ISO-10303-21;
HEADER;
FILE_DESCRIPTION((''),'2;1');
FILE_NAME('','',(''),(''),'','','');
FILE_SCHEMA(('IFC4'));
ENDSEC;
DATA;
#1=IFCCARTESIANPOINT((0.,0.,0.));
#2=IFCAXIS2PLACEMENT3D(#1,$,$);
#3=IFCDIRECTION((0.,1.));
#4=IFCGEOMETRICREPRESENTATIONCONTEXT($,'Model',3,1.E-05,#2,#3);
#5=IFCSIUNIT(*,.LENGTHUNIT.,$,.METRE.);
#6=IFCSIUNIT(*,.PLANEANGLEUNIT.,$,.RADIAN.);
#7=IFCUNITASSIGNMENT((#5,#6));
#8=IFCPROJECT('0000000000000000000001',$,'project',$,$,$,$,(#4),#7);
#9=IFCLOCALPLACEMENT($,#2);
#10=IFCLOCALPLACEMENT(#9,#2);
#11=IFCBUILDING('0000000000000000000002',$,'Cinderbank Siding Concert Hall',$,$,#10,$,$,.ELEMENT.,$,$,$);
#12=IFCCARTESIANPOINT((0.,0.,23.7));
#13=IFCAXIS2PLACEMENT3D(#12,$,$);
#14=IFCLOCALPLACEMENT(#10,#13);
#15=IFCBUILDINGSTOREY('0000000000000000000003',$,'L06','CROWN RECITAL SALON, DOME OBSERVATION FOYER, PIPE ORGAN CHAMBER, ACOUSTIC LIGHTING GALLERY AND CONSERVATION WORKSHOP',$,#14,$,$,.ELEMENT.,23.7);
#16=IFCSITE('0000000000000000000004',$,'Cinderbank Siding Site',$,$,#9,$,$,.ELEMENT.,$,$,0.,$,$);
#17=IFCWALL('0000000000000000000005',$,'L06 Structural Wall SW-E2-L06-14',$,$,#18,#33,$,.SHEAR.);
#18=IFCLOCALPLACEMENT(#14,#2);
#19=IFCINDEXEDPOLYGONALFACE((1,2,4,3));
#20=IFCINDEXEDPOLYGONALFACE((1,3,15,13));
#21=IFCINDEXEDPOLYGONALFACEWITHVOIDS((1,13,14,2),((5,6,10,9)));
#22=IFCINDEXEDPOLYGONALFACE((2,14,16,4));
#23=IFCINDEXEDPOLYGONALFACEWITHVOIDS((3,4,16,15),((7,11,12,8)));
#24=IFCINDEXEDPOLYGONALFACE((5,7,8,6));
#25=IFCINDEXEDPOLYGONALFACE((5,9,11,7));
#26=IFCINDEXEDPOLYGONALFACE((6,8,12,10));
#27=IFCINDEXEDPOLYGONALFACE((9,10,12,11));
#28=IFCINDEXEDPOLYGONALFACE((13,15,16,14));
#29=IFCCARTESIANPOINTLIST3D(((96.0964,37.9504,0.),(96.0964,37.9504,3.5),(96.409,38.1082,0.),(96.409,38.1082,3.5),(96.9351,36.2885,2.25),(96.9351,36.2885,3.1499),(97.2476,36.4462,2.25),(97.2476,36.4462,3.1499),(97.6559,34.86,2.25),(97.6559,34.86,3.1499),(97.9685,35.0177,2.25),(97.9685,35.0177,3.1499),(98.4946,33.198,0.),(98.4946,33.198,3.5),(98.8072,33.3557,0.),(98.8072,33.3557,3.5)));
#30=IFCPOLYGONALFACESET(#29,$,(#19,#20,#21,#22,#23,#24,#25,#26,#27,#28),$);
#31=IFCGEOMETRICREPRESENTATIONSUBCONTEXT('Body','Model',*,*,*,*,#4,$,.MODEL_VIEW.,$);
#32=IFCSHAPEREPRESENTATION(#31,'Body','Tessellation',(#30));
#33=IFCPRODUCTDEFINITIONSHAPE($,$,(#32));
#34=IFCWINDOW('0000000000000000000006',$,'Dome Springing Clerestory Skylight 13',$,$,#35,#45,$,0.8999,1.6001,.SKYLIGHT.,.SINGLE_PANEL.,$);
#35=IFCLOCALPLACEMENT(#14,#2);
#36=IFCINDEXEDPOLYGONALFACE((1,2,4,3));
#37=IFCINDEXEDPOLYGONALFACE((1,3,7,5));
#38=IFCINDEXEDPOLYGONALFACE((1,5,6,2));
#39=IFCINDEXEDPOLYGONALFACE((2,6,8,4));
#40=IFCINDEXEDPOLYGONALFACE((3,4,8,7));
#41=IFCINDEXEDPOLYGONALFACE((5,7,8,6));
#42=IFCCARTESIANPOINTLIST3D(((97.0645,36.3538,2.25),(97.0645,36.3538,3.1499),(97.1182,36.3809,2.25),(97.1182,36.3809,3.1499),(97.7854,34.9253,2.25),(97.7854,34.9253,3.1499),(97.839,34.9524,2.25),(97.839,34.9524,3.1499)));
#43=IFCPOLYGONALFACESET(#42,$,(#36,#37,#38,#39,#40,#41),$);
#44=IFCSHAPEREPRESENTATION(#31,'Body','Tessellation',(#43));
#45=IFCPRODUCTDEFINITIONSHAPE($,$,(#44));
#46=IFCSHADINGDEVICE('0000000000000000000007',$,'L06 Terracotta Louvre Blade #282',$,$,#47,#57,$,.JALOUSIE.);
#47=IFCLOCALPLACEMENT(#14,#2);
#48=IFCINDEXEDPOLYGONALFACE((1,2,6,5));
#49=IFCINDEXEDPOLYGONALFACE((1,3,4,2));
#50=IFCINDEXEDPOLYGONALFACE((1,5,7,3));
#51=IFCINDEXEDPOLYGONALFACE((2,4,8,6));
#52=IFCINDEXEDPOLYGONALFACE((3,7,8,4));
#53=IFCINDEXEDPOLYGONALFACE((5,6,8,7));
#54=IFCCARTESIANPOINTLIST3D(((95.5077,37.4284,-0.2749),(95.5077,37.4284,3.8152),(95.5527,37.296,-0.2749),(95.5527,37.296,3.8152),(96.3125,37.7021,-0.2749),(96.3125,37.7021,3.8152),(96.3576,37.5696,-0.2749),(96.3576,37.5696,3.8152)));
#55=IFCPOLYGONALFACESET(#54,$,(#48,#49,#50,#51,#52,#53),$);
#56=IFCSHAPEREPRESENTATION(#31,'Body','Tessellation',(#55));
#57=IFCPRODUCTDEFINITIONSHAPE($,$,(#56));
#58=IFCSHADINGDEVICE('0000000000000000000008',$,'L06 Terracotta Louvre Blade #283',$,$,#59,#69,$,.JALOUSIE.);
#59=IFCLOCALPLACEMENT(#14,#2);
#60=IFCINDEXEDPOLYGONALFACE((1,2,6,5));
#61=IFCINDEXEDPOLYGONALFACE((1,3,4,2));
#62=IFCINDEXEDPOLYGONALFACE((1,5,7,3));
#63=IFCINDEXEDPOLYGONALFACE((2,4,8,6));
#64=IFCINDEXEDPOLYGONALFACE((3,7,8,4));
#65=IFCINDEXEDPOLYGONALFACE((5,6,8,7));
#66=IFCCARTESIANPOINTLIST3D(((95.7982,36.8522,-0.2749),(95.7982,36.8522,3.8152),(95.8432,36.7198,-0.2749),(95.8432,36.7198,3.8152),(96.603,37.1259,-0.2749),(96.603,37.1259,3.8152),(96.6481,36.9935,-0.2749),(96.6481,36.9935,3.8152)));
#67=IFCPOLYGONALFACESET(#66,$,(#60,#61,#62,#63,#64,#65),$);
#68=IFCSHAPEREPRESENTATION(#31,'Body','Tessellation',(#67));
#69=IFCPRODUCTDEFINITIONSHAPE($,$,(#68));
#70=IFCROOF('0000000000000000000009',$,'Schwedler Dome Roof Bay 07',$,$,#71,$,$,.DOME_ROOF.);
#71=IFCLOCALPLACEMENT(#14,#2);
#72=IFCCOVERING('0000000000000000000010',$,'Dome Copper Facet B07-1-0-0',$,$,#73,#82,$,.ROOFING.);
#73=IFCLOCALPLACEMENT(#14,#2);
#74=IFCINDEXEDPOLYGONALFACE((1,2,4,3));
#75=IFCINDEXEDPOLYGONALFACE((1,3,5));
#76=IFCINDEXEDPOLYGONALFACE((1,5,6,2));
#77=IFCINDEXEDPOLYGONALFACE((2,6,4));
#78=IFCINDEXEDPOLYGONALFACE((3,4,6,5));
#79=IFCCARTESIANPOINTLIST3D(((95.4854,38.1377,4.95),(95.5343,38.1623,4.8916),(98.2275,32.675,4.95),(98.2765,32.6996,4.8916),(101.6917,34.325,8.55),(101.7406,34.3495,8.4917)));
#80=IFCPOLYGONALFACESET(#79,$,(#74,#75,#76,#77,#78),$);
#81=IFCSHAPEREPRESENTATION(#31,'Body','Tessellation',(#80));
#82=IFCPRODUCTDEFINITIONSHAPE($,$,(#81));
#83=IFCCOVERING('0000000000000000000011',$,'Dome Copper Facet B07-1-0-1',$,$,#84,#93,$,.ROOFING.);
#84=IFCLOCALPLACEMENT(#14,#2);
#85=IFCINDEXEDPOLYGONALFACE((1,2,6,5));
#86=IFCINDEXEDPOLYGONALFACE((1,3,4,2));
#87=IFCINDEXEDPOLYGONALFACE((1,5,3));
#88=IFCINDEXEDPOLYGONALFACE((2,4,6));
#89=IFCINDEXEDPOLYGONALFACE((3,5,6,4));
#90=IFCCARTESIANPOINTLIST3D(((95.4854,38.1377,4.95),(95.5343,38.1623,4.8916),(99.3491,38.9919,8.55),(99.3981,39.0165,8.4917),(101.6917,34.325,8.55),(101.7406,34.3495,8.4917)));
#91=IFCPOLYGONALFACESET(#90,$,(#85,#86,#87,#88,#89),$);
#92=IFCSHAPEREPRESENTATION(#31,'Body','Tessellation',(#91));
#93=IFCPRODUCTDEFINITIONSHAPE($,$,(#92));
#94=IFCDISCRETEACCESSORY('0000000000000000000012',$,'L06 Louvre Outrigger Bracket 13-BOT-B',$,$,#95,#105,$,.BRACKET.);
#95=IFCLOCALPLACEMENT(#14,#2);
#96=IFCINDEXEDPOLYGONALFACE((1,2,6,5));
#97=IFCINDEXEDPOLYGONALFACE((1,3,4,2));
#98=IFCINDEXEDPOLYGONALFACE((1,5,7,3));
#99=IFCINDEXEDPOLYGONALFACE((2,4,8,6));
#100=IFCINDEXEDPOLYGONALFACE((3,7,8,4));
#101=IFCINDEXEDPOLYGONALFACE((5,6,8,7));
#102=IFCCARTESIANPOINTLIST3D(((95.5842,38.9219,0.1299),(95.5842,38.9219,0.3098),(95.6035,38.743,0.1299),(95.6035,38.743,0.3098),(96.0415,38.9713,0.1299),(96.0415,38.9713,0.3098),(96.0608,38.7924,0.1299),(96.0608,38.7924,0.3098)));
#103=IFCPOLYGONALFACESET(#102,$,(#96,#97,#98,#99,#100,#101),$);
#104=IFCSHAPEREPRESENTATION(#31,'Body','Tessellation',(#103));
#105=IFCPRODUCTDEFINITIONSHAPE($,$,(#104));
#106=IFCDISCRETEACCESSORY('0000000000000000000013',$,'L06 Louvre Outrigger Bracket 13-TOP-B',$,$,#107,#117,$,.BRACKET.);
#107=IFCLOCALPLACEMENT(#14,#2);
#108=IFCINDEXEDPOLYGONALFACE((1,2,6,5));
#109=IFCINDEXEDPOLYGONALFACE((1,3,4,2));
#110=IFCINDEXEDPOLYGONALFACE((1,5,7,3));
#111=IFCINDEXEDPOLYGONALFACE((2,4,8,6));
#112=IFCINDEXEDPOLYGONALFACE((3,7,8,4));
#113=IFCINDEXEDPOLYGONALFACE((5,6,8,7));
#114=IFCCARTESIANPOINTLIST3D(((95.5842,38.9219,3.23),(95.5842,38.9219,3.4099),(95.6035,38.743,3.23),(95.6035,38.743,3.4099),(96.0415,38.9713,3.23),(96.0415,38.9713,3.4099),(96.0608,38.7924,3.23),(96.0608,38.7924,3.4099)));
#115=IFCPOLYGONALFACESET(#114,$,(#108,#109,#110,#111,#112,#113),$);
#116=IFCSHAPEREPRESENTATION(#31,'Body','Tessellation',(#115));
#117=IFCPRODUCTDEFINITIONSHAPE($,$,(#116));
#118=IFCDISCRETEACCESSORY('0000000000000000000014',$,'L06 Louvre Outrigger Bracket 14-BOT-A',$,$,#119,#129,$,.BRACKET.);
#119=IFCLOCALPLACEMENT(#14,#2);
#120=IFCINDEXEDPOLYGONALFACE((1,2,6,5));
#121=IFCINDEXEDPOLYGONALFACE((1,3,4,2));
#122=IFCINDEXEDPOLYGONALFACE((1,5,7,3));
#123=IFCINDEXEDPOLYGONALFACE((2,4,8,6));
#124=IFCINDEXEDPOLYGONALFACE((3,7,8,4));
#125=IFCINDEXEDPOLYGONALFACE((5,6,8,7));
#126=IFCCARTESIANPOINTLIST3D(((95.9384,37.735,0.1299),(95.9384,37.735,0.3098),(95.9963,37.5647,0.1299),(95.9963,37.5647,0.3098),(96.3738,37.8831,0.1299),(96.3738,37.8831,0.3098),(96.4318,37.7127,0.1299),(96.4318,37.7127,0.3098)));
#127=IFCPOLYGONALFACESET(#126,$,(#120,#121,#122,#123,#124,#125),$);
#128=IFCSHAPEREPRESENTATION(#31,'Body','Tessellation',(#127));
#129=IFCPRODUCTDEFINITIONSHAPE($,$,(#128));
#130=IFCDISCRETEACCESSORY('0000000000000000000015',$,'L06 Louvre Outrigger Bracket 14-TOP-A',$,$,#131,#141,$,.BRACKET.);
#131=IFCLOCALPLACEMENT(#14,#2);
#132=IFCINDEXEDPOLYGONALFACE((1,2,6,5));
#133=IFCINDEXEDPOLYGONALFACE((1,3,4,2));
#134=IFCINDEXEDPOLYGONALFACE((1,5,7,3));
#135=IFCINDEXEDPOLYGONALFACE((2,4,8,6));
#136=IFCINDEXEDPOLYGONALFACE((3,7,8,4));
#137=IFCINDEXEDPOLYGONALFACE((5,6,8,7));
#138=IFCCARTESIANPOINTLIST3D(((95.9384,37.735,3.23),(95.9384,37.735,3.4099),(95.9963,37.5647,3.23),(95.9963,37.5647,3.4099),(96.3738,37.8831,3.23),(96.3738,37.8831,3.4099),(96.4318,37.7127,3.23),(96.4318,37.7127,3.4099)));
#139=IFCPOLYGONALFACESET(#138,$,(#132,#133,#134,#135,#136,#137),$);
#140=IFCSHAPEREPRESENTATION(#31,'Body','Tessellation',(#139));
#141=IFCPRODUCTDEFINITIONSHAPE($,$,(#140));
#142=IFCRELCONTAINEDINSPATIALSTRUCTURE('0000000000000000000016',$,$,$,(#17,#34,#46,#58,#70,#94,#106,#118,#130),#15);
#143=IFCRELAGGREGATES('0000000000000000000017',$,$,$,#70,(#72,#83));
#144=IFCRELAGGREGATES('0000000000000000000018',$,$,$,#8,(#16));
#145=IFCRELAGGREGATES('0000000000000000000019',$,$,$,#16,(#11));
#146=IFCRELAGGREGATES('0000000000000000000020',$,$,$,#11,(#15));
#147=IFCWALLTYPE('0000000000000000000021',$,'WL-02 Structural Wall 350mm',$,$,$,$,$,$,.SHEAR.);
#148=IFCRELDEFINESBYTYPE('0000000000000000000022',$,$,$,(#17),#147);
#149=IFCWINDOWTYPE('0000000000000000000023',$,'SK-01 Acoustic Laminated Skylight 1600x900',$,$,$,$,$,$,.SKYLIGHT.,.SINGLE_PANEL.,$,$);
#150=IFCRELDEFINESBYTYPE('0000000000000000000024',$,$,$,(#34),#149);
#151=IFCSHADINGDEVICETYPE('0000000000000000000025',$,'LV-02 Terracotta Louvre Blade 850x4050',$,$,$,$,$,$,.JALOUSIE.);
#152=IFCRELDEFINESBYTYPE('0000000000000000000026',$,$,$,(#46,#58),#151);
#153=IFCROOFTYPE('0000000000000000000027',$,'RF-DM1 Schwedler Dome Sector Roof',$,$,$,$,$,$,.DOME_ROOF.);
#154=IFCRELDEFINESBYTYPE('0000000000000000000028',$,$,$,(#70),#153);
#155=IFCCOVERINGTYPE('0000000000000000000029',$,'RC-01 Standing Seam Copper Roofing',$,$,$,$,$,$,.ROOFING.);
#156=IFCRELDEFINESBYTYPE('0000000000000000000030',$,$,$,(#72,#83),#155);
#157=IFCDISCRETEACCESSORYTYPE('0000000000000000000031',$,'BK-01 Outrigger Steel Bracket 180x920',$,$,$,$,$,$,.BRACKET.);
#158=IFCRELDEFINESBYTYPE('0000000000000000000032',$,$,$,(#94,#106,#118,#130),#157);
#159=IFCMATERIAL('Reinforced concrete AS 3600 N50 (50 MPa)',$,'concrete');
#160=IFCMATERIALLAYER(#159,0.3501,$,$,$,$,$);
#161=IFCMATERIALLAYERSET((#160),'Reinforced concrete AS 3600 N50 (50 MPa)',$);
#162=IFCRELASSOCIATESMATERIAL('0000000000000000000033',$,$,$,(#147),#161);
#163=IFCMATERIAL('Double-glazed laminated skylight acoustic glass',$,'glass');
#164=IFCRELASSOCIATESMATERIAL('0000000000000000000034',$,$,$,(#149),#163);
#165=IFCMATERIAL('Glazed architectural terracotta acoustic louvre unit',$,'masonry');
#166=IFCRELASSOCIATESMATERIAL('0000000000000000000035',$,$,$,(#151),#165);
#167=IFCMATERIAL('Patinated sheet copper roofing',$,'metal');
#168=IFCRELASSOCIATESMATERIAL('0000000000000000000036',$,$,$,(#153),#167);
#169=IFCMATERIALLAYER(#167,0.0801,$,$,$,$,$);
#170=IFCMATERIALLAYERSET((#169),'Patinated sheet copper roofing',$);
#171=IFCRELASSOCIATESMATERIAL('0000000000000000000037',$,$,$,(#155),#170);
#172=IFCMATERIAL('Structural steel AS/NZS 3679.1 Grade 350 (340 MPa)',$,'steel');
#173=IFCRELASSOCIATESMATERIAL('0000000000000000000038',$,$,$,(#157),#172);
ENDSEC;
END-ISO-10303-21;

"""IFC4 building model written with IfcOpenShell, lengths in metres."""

from ifc_helpers import new_model, si_unit, direction, frame, frame_2d, origin, origin_2d, place, context, subcontext, project, spatial, polyline, rectangle, outline, extrude, material, layer, layer_set, type_object, element, fill, aggregate, save


model = new_model("IFC4")

# Units and contexts
model_context = context("Model", 3, precision=1e-05, world=origin(), true_north=direction((0.0, 1.0)))
body_context = subcontext(model_context, "Body", "Model", "MODEL_VIEW")
ifc_project = project(units=[si_unit("LENGTHUNIT", "METRE"), si_unit("PLANEANGLEUNIT", "RADIAN")], contexts=[model_context])

# Site, building, storey
site_placement = place(None, origin())
site = spatial("IfcSite", under=ifc_project, at=site_placement, Name="Cinderbank Siding Site", CompositionType="ELEMENT", RefElevation=0.0)
building_placement = place(site_placement, origin())
building = spatial("IfcBuilding", under=site, at=building_placement, Name="Cinderbank Siding Concert Hall", CompositionType="ELEMENT")
storey_placement = place(building_placement, frame((0.0, 0.0, 23.7)))
storey = spatial("IfcBuildingStorey", under=building, at=storey_placement, Name="L06", Description="CROWN RECITAL SALON, DOME OBSERVATION FOYER, PIPE ORGAN CHAMBER, ACOUSTIC LIGHTING GALLERY AND CONSERVATION WORKSHOP", CompositionType="ELEMENT", Elevation=23.7)

# Shared definitions
ifc_material_1 = material(Name="Reinforced concrete AS 3600 N50 (50 MPa)", Category="concrete")

# Wall, opening, window
ifc_layer_1 = layer(ifc_material_1, 0.3501)
ifc_layer_set_1 = layer_set([ifc_layer_1], Name="Reinforced concrete AS 3600 N50 (50 MPa)")
wall_type = type_object("IfcWallType", Name="WL-02 Structural Wall 350mm", PredefinedType="SHEAR", material=ifc_layer_set_1)
wall_placement = place(storey_placement, frame((96.2527, 38.0293, 0.0), z_axis=(0.0, 0.0, 1.0), x_axis=(0.450513, -0.89277, 0.0)))
wall = element("IfcWall", 1, at=wall_placement, inside=storey, type_object=wall_type, Name="L06 Structural Wall SW-E2-L06-14", PredefinedType="SHEAR", context=body_context, shape_type="SweptSolid", body=[
    extrude(rectangle(XDim=5.3232, YDim=0.3501, at=frame_2d((2.6616, 0.0))), origin(), (0.0, 0.0, 1.0), 3.5),
])
opening_placement = place(wall_placement, frame((1.8616, 0.0, 2.25)))
opening = element("IfcOpeningElement", 2, at=opening_placement, cuts=wall, PredefinedType="OPENING", context=body_context, shape_type="SweptSolid", body=[
    extrude(rectangle(XDim=1.6001, YDim=0.8999, at=frame_2d((0.8, 0.45))), frame((0.0, 0.187, 0.0), z_axis=(0.0, -1.0, 0.0), x_axis=(1.0, 0.0, 0.0)), (0.0, 0.0, 1.0), 0.374),
])
ifc_material_2 = material(Name="Double-glazed laminated skylight acoustic glass", Category="glass")
window_type = type_object("IfcWindowType", Name="SK-01 Acoustic Laminated Skylight 1600x900", PartitioningType="SINGLE_PANEL", PredefinedType="SKYLIGHT", material=ifc_material_2)
window_placement = place(opening_placement, origin())
window = element("IfcWindow", 3, at=window_placement, inside=storey, type_object=window_type, Name="Dome Springing Clerestory Skylight 13", OverallHeight=0.8999, OverallWidth=1.6001, PartitioningType="SINGLE_PANEL", PredefinedType="SKYLIGHT", context=body_context, shape_type="SweptSolid", body=[
    extrude(rectangle(XDim=1.6001, YDim=0.8999, at=frame_2d((0.8, 0.45))), frame((0.0, 0.03, 0.0), z_axis=(0.0, -1.0, 0.0), x_axis=(1.0, 0.0, 0.0)), (0.0, 0.0, 1.0), 0.0601),
])
fill(opening, window)

# Shared definitions
ifc_material_3 = material(Name="Structural steel AS/NZS 3679.1 Grade 350 (340 MPa)", Category="steel")

# Shading devices
ifc_material_4 = material(Name="Glazed architectural terracotta acoustic louvre unit", Category="masonry")
shading_device_type = type_object("IfcShadingDeviceType", Name="LV-02 Terracotta Louvre Blade 850x4050", PredefinedType="JALOUSIE", material=ifc_material_4)
for number, where, z_axis, x_axis, name in (
    (4, (95.9326, 37.499, -0.2749), (0.0, 0.0, 1.0), (-0.946765, -0.321924, 0.0), "L06 Terracotta Louvre Blade #282"),
    (5, (96.2231, 36.9229, -0.2749), (0.0, 0.0, 1.0), (-0.946765, -0.321924, 0.0), "L06 Terracotta Louvre Blade #283"),
):
    element("IfcShadingDevice", number, at=place(storey_placement, frame(where, z_axis=z_axis, x_axis=x_axis)), inside=storey, type_object=shading_device_type, Name=name, PredefinedType="JALOUSIE", context=body_context, shape_type="SweptSolid", body=[
        extrude(rectangle(XDim=0.8501, YDim=0.1399, at=origin_2d()), origin(), (0.0, 0.0, 1.0), 4.0901),
    ])

# Roof, coverings
ifc_material_5 = material(Name="Patinated sheet copper roofing", Category="metal")
roof_type = type_object("IfcRoofType", Name="RF-DM1 Schwedler Dome Sector Roof", PredefinedType="DOME_ROOF", material=ifc_material_5)
roof_placement = place(storey_placement, origin())
roof = element("IfcRoof", 6, at=roof_placement, inside=storey, type_object=roof_type, Name="Schwedler Dome Roof Bay 07", PredefinedType="DOME_ROOF")
ifc_layer_2 = layer(ifc_material_5, 0.0801)
ifc_layer_set_2 = layer_set([ifc_layer_2], Name="Patinated sheet copper roofing")
covering_type = type_object("IfcCoveringType", Name="RC-01 Standing Seam Copper Roofing", PredefinedType="ROOFING", material=ifc_layer_set_2)
covering_1_placement = place(storey_placement, frame((95.4854, 38.1377, 4.95), z_axis=(-0.611585, -0.307009, 0.729184), x_axis=(0.448635, -0.893715, 0.0)))
covering_1 = element("IfcCovering", 7, at=covering_1_placement, type_object=covering_type, Name="Dome Copper Facet B07-1-0-0", PredefinedType="ROOFING", context=body_context, shape_type="SweptSolid", body=[
    extrude(outline(polyline([(0.0, 0.0), (6.1123, 0.0), (6.1919, 5.2609), (0.0, 0.0)])), origin(), (0.0, 0.0, -1.0), 0.0801),
])
covering_2_placement = place(storey_placement, frame((95.4854, 38.1377, 4.95), z_axis=(-0.611576, -0.306972, 0.729207), x_axis=(0.763851, -0.46926, 0.443088)))
covering_2 = element("IfcCovering", 8, at=covering_2_placement, type_object=covering_type, Name="Dome Copper Facet B07-1-0-1", PredefinedType="ROOFING", context=body_context, shape_type="SweptSolid", body=[
    extrude(outline(polyline([(0.0, 0.0), (8.125, 0.0), (4.1456, 3.3812), (0.0, 0.0)])), origin(), (0.0, 0.0, -1.0), 0.0801),
])
aggregate(roof, [covering_1, covering_2])

# Discrete accessories
discrete_accessory_type = type_object("IfcDiscreteAccessoryType", Name="BK-01 Outrigger Steel Bracket 180x920", PredefinedType="BRACKET", material=ifc_material_3)
for number, where, z_axis, x_axis, name in (
    (9, (95.8225, 38.8572, 0.1299), (0.0, 0.0, 1.0), (-0.994211, -0.107447, 0.0), "L06 Louvre Outrigger Bracket 13-BOT-B"),
    (10, (95.8225, 38.8572, 3.23), (0.0, 0.0, 1.0), (-0.994211, -0.107447, 0.0), "L06 Louvre Outrigger Bracket 13-TOP-B"),
    (11, (96.1851, 37.7239, 0.1299), (0.0, 0.0, 1.0), (-0.946765, -0.321924, 0.0), "L06 Louvre Outrigger Bracket 14-BOT-A"),
    (12, (96.1851, 37.7239, 3.23), (0.0, 0.0, 1.0), (-0.946765, -0.321924, 0.0), "L06 Louvre Outrigger Bracket 14-TOP-A"),
):
    element("IfcDiscreteAccessory", number, at=place(storey_placement, frame(where, z_axis=z_axis, x_axis=x_axis)), inside=storey, type_object=discrete_accessory_type, Name=name, PredefinedType="BRACKET", context=body_context, shape_type="SweptSolid", body=[
        extrude(rectangle(XDim=0.46, YDim=0.1799, at=origin_2d()), origin(), (0.0, 0.0, 1.0), 0.1799),
    ])

save(model, "model.ifc")
